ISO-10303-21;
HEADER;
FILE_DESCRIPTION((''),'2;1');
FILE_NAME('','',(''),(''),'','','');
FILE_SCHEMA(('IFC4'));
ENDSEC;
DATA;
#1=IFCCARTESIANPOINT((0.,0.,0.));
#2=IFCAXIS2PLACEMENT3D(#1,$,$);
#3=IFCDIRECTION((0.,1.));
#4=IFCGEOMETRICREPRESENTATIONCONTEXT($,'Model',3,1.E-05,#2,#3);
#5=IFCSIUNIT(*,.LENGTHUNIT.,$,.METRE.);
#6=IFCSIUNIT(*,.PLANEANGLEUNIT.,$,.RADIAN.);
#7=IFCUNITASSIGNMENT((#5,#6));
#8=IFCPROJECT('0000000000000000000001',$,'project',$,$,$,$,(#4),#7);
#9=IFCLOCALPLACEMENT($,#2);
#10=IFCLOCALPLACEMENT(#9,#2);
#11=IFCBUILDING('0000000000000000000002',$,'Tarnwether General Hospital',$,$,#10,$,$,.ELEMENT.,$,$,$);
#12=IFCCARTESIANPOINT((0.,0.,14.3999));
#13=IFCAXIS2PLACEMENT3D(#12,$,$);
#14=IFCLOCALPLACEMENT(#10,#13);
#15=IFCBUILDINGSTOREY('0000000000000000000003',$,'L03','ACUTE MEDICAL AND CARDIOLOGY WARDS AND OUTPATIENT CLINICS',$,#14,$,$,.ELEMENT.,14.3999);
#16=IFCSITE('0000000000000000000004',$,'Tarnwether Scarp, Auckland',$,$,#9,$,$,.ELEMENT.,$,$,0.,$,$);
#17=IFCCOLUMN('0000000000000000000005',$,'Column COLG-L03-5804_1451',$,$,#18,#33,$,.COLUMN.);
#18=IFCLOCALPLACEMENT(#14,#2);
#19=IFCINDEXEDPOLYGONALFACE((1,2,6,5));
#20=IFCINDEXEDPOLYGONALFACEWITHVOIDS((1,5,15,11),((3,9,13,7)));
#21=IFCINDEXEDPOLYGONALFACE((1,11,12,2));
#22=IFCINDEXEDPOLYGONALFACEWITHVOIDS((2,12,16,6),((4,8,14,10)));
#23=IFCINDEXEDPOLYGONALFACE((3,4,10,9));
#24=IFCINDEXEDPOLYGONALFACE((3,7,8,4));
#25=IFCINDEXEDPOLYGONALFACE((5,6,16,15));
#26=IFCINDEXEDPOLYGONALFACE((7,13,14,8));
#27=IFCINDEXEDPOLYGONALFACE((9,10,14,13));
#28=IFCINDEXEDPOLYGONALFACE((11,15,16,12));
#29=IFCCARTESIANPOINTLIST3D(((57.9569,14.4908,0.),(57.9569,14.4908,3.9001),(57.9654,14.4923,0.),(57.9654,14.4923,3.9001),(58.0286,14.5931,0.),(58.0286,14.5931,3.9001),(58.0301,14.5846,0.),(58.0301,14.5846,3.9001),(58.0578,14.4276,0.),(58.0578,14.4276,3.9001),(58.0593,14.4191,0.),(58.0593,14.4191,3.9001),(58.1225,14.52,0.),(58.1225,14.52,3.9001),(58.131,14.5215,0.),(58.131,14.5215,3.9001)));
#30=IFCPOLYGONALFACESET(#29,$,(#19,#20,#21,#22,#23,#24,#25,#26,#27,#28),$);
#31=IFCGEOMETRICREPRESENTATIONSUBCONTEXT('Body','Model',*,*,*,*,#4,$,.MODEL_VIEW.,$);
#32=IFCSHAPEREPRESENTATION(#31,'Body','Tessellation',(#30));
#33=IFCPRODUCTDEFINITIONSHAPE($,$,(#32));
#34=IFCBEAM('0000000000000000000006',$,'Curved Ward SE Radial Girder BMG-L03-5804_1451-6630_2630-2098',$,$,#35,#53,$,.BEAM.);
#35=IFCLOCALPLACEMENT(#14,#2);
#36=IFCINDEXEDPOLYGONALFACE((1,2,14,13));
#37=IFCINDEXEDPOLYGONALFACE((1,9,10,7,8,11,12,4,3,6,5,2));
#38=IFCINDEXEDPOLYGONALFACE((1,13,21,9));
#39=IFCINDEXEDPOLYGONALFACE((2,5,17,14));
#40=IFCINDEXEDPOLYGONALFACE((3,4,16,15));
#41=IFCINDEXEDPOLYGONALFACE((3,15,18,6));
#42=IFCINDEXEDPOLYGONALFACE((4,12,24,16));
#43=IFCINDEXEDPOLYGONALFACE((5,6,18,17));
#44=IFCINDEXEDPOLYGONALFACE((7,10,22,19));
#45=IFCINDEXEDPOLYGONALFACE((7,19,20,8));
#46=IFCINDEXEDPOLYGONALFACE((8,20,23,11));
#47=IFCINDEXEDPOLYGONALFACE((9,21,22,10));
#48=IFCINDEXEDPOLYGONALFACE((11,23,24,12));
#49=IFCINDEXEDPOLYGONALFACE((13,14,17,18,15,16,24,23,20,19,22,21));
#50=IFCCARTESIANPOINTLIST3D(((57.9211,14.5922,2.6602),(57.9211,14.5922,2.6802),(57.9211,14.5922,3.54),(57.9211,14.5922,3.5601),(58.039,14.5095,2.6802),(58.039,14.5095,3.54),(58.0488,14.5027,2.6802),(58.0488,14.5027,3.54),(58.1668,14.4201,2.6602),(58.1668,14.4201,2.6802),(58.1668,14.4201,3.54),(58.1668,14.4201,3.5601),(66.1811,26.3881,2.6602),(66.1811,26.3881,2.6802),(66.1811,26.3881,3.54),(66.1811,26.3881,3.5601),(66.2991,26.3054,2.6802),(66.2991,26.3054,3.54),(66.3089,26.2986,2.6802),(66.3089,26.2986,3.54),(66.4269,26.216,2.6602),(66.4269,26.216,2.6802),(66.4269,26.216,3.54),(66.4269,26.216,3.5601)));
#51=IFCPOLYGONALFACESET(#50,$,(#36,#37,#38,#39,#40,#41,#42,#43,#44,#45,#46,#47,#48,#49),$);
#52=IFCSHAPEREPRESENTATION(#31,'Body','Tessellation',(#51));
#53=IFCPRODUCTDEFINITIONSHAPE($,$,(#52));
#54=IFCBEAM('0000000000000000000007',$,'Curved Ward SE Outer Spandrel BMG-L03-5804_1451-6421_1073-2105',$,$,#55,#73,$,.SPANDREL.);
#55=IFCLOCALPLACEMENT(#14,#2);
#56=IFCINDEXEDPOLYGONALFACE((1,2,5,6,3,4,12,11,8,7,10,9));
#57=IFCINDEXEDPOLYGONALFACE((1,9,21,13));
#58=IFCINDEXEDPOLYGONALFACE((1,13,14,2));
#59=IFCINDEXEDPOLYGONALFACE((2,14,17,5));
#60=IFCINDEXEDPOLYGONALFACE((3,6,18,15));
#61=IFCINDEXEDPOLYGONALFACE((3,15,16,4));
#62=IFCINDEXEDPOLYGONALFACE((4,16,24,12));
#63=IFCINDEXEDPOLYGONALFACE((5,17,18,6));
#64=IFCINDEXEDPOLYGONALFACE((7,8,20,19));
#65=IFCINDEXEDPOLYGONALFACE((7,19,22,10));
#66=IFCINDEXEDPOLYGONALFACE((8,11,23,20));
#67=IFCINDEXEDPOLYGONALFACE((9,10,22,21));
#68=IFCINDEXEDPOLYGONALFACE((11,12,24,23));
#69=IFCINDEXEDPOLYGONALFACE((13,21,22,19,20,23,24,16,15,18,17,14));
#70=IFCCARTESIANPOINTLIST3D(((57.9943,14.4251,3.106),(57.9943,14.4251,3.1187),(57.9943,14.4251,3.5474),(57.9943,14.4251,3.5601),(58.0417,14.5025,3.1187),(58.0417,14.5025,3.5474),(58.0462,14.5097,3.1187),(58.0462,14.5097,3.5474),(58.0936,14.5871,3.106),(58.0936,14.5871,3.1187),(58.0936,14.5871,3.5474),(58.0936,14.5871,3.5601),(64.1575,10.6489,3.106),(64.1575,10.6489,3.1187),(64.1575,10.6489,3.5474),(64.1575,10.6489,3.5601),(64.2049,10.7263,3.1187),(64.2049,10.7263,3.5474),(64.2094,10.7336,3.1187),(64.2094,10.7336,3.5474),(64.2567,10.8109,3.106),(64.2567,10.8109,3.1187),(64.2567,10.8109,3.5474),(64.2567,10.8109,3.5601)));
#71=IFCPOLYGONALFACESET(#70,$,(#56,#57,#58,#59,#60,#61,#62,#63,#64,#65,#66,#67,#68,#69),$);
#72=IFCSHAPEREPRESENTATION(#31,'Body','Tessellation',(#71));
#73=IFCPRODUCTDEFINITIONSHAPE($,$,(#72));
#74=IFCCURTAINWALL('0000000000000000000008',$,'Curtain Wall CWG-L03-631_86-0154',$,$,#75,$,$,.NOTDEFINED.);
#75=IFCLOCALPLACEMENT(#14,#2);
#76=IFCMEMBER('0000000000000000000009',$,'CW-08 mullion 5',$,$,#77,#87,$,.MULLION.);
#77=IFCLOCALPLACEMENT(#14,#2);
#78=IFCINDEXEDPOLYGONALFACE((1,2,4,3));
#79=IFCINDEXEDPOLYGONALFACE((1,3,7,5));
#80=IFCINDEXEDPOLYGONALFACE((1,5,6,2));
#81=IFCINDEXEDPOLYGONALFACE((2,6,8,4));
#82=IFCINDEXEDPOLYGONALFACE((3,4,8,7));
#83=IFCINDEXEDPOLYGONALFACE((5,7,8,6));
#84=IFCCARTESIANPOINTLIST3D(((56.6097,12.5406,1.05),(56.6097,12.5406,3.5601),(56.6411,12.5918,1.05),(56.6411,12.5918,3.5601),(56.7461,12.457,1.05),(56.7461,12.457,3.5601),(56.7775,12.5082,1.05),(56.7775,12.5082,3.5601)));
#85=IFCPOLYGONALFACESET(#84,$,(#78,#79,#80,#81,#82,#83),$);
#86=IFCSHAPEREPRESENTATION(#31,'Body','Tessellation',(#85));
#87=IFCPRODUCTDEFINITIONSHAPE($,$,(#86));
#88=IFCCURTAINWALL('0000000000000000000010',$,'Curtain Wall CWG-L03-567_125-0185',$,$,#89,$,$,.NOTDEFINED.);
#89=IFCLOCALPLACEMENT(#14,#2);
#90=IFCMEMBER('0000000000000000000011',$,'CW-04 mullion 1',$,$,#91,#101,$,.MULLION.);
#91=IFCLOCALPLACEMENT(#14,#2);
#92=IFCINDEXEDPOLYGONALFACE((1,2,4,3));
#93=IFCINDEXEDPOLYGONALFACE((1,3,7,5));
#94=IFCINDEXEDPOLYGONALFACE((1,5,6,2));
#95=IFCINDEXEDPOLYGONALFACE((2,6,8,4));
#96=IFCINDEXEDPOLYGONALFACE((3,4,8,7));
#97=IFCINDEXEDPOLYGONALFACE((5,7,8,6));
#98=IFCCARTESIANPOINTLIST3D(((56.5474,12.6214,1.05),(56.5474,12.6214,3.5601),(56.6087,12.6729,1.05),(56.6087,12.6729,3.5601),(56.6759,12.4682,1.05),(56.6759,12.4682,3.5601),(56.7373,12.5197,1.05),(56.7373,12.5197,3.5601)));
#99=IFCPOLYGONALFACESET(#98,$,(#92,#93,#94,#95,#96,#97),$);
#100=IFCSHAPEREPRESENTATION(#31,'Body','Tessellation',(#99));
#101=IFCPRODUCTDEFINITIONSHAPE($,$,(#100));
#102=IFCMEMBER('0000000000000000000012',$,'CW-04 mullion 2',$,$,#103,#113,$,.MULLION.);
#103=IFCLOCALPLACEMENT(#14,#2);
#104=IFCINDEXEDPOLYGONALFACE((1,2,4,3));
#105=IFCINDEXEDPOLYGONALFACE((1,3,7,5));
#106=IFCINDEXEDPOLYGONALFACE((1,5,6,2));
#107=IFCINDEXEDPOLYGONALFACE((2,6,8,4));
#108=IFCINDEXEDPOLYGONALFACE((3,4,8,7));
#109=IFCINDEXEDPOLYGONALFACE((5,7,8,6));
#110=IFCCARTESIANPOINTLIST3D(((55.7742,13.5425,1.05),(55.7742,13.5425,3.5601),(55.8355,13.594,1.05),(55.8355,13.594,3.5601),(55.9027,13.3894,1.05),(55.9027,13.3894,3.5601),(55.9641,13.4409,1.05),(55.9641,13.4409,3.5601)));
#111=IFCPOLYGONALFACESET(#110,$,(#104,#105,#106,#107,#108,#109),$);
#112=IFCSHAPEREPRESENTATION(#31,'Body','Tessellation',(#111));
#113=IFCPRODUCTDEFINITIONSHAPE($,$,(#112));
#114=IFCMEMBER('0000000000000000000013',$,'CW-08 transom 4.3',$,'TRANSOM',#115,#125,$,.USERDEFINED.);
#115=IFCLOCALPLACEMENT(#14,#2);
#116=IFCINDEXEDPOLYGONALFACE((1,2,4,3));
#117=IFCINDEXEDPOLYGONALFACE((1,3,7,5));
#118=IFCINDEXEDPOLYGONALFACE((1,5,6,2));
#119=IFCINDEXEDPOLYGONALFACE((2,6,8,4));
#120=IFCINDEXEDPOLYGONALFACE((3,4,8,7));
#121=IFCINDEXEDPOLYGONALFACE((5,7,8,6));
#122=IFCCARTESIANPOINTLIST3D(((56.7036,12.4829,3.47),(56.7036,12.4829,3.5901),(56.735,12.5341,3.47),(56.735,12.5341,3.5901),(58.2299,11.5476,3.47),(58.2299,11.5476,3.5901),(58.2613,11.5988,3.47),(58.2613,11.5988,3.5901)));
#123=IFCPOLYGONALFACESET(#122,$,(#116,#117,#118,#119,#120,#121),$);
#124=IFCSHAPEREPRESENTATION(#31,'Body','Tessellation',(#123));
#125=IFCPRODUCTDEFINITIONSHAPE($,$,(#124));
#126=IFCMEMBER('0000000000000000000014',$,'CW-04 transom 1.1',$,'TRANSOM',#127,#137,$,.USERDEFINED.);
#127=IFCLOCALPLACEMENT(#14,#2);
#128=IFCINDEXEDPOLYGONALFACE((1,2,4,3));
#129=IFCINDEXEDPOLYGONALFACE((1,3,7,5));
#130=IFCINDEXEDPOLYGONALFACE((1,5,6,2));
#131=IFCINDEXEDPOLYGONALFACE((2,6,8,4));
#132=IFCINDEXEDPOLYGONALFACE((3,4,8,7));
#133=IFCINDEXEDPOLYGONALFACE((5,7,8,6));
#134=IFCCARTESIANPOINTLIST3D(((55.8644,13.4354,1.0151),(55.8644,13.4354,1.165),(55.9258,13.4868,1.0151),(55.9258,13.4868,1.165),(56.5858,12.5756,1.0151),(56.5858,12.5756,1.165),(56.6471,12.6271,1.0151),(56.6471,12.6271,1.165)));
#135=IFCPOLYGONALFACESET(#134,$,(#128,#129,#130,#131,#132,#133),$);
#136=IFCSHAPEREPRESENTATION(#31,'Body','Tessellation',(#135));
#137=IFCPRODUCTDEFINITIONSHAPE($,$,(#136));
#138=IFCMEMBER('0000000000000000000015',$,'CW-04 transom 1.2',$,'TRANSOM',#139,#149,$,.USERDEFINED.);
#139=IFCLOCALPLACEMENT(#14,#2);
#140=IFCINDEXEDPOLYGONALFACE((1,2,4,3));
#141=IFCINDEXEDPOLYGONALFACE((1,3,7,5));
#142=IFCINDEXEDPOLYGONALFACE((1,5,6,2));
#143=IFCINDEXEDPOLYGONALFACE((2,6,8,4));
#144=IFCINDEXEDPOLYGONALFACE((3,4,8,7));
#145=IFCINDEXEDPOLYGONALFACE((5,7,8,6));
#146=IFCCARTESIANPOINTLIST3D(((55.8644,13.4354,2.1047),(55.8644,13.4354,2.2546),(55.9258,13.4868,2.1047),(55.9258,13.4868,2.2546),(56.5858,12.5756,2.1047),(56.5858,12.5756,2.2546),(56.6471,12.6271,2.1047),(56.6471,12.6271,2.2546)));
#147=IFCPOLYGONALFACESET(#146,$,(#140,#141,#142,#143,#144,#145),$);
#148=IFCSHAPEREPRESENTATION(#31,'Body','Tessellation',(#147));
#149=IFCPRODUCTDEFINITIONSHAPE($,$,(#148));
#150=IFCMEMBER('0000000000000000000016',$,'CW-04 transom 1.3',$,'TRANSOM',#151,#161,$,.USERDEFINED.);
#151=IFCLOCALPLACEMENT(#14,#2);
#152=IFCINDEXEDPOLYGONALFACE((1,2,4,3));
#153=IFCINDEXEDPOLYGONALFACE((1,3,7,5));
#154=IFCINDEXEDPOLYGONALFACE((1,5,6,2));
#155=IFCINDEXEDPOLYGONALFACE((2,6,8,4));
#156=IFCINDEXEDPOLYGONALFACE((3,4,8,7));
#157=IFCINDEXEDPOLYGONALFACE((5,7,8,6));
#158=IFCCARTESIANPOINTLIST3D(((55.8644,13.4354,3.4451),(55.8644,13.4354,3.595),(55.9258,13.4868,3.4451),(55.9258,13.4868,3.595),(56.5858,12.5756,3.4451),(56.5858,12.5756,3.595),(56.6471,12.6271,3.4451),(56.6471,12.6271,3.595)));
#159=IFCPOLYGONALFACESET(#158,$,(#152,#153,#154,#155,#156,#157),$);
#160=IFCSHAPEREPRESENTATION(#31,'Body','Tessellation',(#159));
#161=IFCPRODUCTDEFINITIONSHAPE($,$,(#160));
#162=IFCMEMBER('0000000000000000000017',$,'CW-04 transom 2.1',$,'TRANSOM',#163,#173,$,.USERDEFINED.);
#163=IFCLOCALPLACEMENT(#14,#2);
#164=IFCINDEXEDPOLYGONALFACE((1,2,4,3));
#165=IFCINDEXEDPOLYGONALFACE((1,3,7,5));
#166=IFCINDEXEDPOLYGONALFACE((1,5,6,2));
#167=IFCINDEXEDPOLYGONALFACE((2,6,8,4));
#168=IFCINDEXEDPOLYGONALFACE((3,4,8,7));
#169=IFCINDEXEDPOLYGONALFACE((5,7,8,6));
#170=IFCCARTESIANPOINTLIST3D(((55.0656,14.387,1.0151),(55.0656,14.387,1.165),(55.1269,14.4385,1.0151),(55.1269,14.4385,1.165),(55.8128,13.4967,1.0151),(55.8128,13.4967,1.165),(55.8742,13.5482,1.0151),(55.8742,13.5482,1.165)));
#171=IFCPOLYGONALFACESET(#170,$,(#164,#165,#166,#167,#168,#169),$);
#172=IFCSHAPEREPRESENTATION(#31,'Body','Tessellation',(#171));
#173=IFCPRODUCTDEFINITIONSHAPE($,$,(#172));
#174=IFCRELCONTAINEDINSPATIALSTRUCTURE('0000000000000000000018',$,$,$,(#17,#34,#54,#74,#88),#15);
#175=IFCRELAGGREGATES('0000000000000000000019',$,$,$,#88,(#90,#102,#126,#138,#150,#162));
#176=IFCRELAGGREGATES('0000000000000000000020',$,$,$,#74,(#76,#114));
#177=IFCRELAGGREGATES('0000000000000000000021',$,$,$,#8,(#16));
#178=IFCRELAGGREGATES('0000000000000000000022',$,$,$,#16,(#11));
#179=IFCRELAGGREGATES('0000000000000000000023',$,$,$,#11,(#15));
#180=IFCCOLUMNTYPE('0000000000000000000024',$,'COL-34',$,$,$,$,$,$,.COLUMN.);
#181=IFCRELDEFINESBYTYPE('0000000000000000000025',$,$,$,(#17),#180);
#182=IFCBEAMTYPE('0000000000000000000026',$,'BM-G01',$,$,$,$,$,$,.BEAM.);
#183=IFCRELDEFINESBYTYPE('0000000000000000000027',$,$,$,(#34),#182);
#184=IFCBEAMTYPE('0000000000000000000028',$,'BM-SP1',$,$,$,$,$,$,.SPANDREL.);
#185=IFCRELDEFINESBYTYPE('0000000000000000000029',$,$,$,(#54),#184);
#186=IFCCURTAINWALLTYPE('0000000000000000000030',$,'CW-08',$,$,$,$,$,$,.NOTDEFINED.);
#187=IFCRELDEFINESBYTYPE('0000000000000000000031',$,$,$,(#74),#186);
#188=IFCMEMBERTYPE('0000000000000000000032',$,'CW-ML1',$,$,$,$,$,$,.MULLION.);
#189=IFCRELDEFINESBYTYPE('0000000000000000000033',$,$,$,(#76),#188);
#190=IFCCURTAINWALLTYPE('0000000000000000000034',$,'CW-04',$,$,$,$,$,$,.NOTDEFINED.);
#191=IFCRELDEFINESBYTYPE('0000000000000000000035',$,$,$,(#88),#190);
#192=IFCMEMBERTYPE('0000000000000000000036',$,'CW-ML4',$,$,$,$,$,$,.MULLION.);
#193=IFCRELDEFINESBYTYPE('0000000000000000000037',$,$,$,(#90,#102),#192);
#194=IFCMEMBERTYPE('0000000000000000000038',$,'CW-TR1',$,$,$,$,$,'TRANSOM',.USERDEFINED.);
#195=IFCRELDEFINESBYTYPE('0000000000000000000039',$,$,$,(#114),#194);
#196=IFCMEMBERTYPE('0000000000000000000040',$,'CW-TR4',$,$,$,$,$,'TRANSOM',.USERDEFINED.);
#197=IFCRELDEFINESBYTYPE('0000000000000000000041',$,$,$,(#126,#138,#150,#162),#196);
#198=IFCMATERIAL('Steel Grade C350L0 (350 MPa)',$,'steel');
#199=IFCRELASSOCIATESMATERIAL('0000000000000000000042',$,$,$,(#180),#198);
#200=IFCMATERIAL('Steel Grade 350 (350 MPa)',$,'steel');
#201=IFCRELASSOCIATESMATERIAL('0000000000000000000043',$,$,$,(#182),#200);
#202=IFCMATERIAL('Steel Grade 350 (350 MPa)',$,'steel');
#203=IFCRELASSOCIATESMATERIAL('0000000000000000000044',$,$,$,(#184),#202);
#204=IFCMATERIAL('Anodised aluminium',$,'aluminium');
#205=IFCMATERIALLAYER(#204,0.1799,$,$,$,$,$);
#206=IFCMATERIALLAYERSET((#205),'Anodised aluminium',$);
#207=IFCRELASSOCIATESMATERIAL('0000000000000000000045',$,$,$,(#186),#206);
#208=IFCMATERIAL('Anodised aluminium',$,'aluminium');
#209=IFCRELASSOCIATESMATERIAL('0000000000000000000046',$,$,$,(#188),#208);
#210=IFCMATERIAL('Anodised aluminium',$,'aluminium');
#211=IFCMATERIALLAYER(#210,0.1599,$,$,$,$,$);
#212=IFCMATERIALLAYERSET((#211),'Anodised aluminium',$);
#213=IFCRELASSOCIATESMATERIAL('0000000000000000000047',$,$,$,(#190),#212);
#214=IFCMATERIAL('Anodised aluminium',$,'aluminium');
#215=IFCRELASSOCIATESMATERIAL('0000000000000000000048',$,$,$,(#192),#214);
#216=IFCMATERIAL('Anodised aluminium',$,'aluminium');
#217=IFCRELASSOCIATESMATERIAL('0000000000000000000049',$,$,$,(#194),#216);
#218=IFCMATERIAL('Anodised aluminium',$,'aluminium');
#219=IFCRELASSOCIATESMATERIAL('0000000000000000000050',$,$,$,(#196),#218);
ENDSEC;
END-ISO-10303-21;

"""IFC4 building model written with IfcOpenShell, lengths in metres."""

from ifc_helpers import new_model, si_unit, direction, frame, origin, origin_2d, place, context, subcontext, project, spatial, rectangle, hollow_rectangle, i_section, extrude, material, layer, layer_set, material_profile, profile_set, type_object, element, aggregate, save


model = new_model("IFC4")

# Units and contexts
model_context = context("Model", 3, precision=1e-05, world=origin(), true_north=direction((0.0, 1.0)))
body_context = subcontext(model_context, "Body", "Model", "MODEL_VIEW")
ifc_project = project(units=[si_unit("LENGTHUNIT", "METRE"), si_unit("PLANEANGLEUNIT", "RADIAN")], contexts=[model_context])

# Site, building, storey
site_placement = place(None, origin())
site = spatial("IfcSite", under=ifc_project, at=site_placement, Name="Tarnwether Scarp, Auckland", CompositionType="ELEMENT", RefElevation=0.0)
building_placement = place(site_placement, origin())
building = spatial("IfcBuilding", under=site, at=building_placement, Name="Tarnwether General Hospital", CompositionType="ELEMENT")
storey_placement = place(building_placement, frame((0.0, 0.0, 14.3999)))
storey = spatial("IfcBuildingStorey", under=building, at=storey_placement, Name="L03", Description="ACUTE MEDICAL AND CARDIOLOGY WARDS AND OUTPATIENT CLINICS", CompositionType="ELEMENT", Elevation=14.3999)

# Column
ifc_material_1 = material(Name="Steel Grade C350L0 (350 MPa)", Category="steel")
ifc_material_profile_1 = material_profile(ifc_material_1, hollow_rectangle(XDim=0.125, YDim=0.125, WallThickness=0.0061, at=origin_2d()), Name="SHS125x125x6")
ifc_profile_set_1 = profile_set([ifc_material_profile_1], Name="Steel Grade C350L0 (350 MPa)")
column_type = type_object("IfcColumnType", Name="COL-34", PredefinedType="COLUMN", material=ifc_profile_set_1)
column_placement = place(storey_placement, frame((58.0439, 14.5061, 0.0), z_axis=(0.0, 0.0, 1.0), x_axis=(0.573576, 0.819152, 0.0)))
element("IfcColumn", 1, at=column_placement, inside=storey, type_object=column_type, Name="Column COLG-L03-5804_1451", PredefinedType="COLUMN", context=body_context, shape_type="SweptSolid", body=[
    extrude(hollow_rectangle(XDim=0.125, YDim=0.125, WallThickness=0.0061, at=origin_2d()), origin(), (0.0, 0.0, 1.0), 3.9001),
])

# Beams
ifc_material_2 = material(Name="Steel Grade 350 (350 MPa)", Category="steel")
ifc_material_profile_2 = material_profile(ifc_material_2, i_section(OverallWidth=0.3, OverallDepth=0.8999, WebThickness=0.012, FlangeThickness=0.02, at=origin_2d()), Name="900WB175")
ifc_profile_set_2 = profile_set([ifc_material_profile_2], Name="Steel Grade 350 (350 MPa)")
beam_type_1 = type_object("IfcBeamType", Name="BM-G01", PredefinedType="BEAM", material=ifc_profile_set_2)
beam_1_placement = place(storey_placement, frame((58.0439, 14.5061, 3.1101), z_axis=(0.573597, 0.819138, 0.0), x_axis=(-0.819138, 0.573597, 0.0)))
element("IfcBeam", 2, at=beam_1_placement, inside=storey, type_object=beam_type_1, Name="Curved Ward SE Radial Girder BMG-L03-5804_1451-6630_2630-2098", PredefinedType="BEAM", context=body_context, shape_type="SweptSolid", body=[
    extrude(i_section(OverallWidth=0.3, OverallDepth=0.8999, WebThickness=0.012, FlangeThickness=0.02, at=origin_2d()), origin(), (0.0, 0.0, 1.0), 14.4004),
])
ifc_material_3 = material(Name="Steel Grade 350 (350 MPa)", Category="steel")
ifc_material_profile_3 = material_profile(ifc_material_3, i_section(OverallWidth=0.1899, OverallDepth=0.4541, WebThickness=0.0085, FlangeThickness=0.0127, at=origin_2d()), Name="460UB67.1")
ifc_profile_set_3 = profile_set([ifc_material_profile_3], Name="Steel Grade 350 (350 MPa)")
beam_type_2 = type_object("IfcBeamType", Name="BM-SP1", PredefinedType="SPANDREL", material=ifc_profile_set_3)
beam_2_placement = place(storey_placement, frame((58.0439, 14.5061, 3.333), z_axis=(0.852678, -0.522436, 0.0), x_axis=(0.522436, 0.852678, 0.0)))
element("IfcBeam", 3, at=beam_2_placement, inside=storey, type_object=beam_type_2, Name="Curved Ward SE Outer Spandrel BMG-L03-5804_1451-6421_1073-2105", PredefinedType="SPANDREL", context=body_context, shape_type="SweptSolid", body=[
    extrude(i_section(OverallWidth=0.1899, OverallDepth=0.4541, WebThickness=0.0085, FlangeThickness=0.0127, at=origin_2d()), origin(), (0.0, 0.0, 1.0), 7.228),
])

# Curtain wall, member
ifc_material_4 = material(Name="Anodised aluminium", Category="aluminium")
ifc_layer_1 = layer(ifc_material_4, 0.1799)
ifc_layer_set_1 = layer_set([ifc_layer_1], Name="Anodised aluminium")
curtain_wall_type_1 = type_object("IfcCurtainWallType", Name="CW-08", PredefinedType="NOTDEFINED", material=ifc_layer_set_1)
curtain_wall_1_placement = place(storey_placement, origin())
curtain_wall_1 = element("IfcCurtainWall", 4, at=curtain_wall_1_placement, inside=storey, type_object=curtain_wall_type_1, Name="Curtain Wall CWG-L03-631_86-0154", PredefinedType="NOTDEFINED")
ifc_material_5 = material(Name="Anodised aluminium", Category="aluminium")
ifc_material_profile_4 = material_profile(ifc_material_5, rectangle(XDim=0.0601, YDim=0.1599, at=origin_2d()), Name="ALU-MUL-60x160")
ifc_profile_set_4 = profile_set([ifc_material_profile_4], Name="Anodised aluminium")
member_type_1 = type_object("IfcMemberType", Name="CW-ML1", PredefinedType="MULLION", material=ifc_profile_set_4)
member_1_placement = place(storey_placement, frame((56.6936, 12.5244, 1.05), z_axis=(0.0, 0.0, 1.0), x_axis=(-0.522509, -0.852634, 0.0)))
member_1 = element("IfcMember", 5, at=member_1_placement, type_object=member_type_1, Name="CW-08 mullion 5", PredefinedType="MULLION", context=body_context, shape_type="SweptSolid", body=[
    extrude(rectangle(XDim=0.0601, YDim=0.1599, at=origin_2d()), origin(), (0.0, 0.0, 1.0), 2.51),
])

# Curtain wall, members
ifc_material_6 = material(Name="Anodised aluminium", Category="aluminium")
ifc_layer_2 = layer(ifc_material_6, 0.1599)
ifc_layer_set_2 = layer_set([ifc_layer_2], Name="Anodised aluminium")
curtain_wall_type_2 = type_object("IfcCurtainWallType", Name="CW-04", PredefinedType="NOTDEFINED", material=ifc_layer_set_2)
curtain_wall_2_placement = place(storey_placement, origin())
curtain_wall_2 = element("IfcCurtainWall", 6, at=curtain_wall_2_placement, inside=storey, type_object=curtain_wall_type_2, Name="Curtain Wall CWG-L03-567_125-0185", PredefinedType="NOTDEFINED")
ifc_material_7 = material(Name="Anodised aluminium", Category="aluminium")
ifc_material_profile_5 = material_profile(ifc_material_7, rectangle(XDim=0.0801, YDim=0.2, at=origin_2d()), Name="ALU-MUL-80x200")
ifc_profile_set_5 = profile_set([ifc_material_profile_5], Name="Anodised aluminium")
member_type_2 = type_object("IfcMemberType", Name="CW-ML4", PredefinedType="MULLION", material=ifc_profile_set_5)
member_2_placement = place(storey_placement, frame((56.6423, 12.5706, 1.05), z_axis=(0.0, 0.0, 1.0), x_axis=(-0.76599, -0.642852, 0.0)))
member_2 = element("IfcMember", 7, at=member_2_placement, type_object=member_type_2, Name="CW-04 mullion 1", PredefinedType="MULLION", context=body_context, shape_type="SweptSolid", body=[
    extrude(rectangle(XDim=0.0801, YDim=0.2, at=origin_2d()), origin(), (0.0, 0.0, 1.0), 2.51),
])
member_3_placement = place(storey_placement, frame((55.8691, 13.4917, 1.05), z_axis=(0.0, 0.0, 1.0), x_axis=(-0.76599, -0.642852, 0.0)))
member_3 = element("IfcMember", 8, at=member_3_placement, type_object=member_type_2, Name="CW-04 mullion 2", PredefinedType="MULLION", context=body_context, shape_type="SweptSolid", body=[
    extrude(rectangle(XDim=0.0801, YDim=0.2, at=origin_2d()), origin(), (0.0, 0.0, 1.0), 2.51),
])

# Members
ifc_material_8 = material(Name="Anodised aluminium", Category="aluminium")
ifc_material_profile_6 = material_profile(ifc_material_8, rectangle(XDim=0.0601, YDim=0.1201, at=origin_2d()), Name="ALU-TRN-60x120")
ifc_profile_set_6 = profile_set([ifc_material_profile_6], Name="Anodised aluminium")
member_type_3 = type_object("IfcMemberType", Name="CW-TR1", ElementType="TRANSOM", PredefinedType="USERDEFINED", material=ifc_profile_set_6)
member_4_placement = place(storey_placement, frame((58.2456, 11.5732, 3.53), z_axis=(-0.852654, 0.522476, 0.0), x_axis=(-0.522476, -0.852654, 0.0)))
member_4 = element("IfcMember", 9, at=member_4_placement, type_object=member_type_3, Name="CW-08 transom 4.3", ObjectType="TRANSOM", PredefinedType="USERDEFINED", context=body_context, shape_type="SweptSolid", body=[
    extrude(rectangle(XDim=0.0601, YDim=0.1201, at=origin_2d()), origin(), (0.0, 0.0, 1.0), 1.79),
])
ifc_material_9 = material(Name="Anodised aluminium", Category="aluminium")
ifc_material_profile_7 = material_profile(ifc_material_9, rectangle(XDim=0.0801, YDim=0.1499, at=origin_2d()), Name="ALU-TRN-80x150")
ifc_profile_set_7 = profile_set([ifc_material_profile_7], Name="Anodised aluminium")
member_type_4 = type_object("IfcMemberType", Name="CW-TR4", ElementType="TRANSOM", PredefinedType="USERDEFINED", material=ifc_profile_set_7)
member_5_placement = place(storey_placement, frame((56.6165, 12.6013, 1.0901), z_axis=(-0.642748, 0.766078, 0.0), x_axis=(-0.766078, -0.642748, 0.0)))
member_5 = element("IfcMember", 10, at=member_5_placement, type_object=member_type_4, Name="CW-04 transom 1.1", ObjectType="TRANSOM", PredefinedType="USERDEFINED", context=body_context, shape_type="SweptSolid", body=[
    extrude(rectangle(XDim=0.0801, YDim=0.1499, at=origin_2d()), origin(), (0.0, 0.0, 1.0), 1.1223),
])
member_6_placement = place(storey_placement, frame((56.6165, 12.6013, 2.1797), z_axis=(-0.642748, 0.766078, 0.0), x_axis=(-0.766078, -0.642748, 0.0)))
member_6 = element("IfcMember", 11, at=member_6_placement, type_object=member_type_4, Name="CW-04 transom 1.2", ObjectType="TRANSOM", PredefinedType="USERDEFINED", context=body_context, shape_type="SweptSolid", body=[
    extrude(rectangle(XDim=0.0801, YDim=0.1499, at=origin_2d()), origin(), (0.0, 0.0, 1.0), 1.1223),
])
member_7_placement = place(storey_placement, frame((56.6165, 12.6013, 3.52), z_axis=(-0.642748, 0.766078, 0.0), x_axis=(-0.766078, -0.642748, 0.0)))
member_7 = element("IfcMember", 12, at=member_7_placement, type_object=member_type_4, Name="CW-04 transom 1.3", ObjectType="TRANSOM", PredefinedType="USERDEFINED", context=body_context, shape_type="SweptSolid", body=[
    extrude(rectangle(XDim=0.0801, YDim=0.1499, at=origin_2d()), origin(), (0.0, 0.0, 1.0), 1.1223),
])
member_8_placement = place(storey_placement, frame((55.8435, 13.5225, 1.0901), z_axis=(-0.642887, 0.765961, 0.0), x_axis=(-0.765961, -0.642887, 0.0)))
member_8 = element("IfcMember", 13, at=member_8_placement, type_object=member_type_4, Name="CW-04 transom 2.1", ObjectType="TRANSOM", PredefinedType="USERDEFINED", context=body_context, shape_type="SweptSolid", body=[
    extrude(rectangle(XDim=0.0801, YDim=0.1499, at=origin_2d()), origin(), (0.0, 0.0, 1.0), 1.1624),
])

aggregate(curtain_wall_2, [member_2, member_3, member_5, member_6, member_7, member_8])
aggregate(curtain_wall_1, [member_1, member_4])

save(model, "model.ifc")
